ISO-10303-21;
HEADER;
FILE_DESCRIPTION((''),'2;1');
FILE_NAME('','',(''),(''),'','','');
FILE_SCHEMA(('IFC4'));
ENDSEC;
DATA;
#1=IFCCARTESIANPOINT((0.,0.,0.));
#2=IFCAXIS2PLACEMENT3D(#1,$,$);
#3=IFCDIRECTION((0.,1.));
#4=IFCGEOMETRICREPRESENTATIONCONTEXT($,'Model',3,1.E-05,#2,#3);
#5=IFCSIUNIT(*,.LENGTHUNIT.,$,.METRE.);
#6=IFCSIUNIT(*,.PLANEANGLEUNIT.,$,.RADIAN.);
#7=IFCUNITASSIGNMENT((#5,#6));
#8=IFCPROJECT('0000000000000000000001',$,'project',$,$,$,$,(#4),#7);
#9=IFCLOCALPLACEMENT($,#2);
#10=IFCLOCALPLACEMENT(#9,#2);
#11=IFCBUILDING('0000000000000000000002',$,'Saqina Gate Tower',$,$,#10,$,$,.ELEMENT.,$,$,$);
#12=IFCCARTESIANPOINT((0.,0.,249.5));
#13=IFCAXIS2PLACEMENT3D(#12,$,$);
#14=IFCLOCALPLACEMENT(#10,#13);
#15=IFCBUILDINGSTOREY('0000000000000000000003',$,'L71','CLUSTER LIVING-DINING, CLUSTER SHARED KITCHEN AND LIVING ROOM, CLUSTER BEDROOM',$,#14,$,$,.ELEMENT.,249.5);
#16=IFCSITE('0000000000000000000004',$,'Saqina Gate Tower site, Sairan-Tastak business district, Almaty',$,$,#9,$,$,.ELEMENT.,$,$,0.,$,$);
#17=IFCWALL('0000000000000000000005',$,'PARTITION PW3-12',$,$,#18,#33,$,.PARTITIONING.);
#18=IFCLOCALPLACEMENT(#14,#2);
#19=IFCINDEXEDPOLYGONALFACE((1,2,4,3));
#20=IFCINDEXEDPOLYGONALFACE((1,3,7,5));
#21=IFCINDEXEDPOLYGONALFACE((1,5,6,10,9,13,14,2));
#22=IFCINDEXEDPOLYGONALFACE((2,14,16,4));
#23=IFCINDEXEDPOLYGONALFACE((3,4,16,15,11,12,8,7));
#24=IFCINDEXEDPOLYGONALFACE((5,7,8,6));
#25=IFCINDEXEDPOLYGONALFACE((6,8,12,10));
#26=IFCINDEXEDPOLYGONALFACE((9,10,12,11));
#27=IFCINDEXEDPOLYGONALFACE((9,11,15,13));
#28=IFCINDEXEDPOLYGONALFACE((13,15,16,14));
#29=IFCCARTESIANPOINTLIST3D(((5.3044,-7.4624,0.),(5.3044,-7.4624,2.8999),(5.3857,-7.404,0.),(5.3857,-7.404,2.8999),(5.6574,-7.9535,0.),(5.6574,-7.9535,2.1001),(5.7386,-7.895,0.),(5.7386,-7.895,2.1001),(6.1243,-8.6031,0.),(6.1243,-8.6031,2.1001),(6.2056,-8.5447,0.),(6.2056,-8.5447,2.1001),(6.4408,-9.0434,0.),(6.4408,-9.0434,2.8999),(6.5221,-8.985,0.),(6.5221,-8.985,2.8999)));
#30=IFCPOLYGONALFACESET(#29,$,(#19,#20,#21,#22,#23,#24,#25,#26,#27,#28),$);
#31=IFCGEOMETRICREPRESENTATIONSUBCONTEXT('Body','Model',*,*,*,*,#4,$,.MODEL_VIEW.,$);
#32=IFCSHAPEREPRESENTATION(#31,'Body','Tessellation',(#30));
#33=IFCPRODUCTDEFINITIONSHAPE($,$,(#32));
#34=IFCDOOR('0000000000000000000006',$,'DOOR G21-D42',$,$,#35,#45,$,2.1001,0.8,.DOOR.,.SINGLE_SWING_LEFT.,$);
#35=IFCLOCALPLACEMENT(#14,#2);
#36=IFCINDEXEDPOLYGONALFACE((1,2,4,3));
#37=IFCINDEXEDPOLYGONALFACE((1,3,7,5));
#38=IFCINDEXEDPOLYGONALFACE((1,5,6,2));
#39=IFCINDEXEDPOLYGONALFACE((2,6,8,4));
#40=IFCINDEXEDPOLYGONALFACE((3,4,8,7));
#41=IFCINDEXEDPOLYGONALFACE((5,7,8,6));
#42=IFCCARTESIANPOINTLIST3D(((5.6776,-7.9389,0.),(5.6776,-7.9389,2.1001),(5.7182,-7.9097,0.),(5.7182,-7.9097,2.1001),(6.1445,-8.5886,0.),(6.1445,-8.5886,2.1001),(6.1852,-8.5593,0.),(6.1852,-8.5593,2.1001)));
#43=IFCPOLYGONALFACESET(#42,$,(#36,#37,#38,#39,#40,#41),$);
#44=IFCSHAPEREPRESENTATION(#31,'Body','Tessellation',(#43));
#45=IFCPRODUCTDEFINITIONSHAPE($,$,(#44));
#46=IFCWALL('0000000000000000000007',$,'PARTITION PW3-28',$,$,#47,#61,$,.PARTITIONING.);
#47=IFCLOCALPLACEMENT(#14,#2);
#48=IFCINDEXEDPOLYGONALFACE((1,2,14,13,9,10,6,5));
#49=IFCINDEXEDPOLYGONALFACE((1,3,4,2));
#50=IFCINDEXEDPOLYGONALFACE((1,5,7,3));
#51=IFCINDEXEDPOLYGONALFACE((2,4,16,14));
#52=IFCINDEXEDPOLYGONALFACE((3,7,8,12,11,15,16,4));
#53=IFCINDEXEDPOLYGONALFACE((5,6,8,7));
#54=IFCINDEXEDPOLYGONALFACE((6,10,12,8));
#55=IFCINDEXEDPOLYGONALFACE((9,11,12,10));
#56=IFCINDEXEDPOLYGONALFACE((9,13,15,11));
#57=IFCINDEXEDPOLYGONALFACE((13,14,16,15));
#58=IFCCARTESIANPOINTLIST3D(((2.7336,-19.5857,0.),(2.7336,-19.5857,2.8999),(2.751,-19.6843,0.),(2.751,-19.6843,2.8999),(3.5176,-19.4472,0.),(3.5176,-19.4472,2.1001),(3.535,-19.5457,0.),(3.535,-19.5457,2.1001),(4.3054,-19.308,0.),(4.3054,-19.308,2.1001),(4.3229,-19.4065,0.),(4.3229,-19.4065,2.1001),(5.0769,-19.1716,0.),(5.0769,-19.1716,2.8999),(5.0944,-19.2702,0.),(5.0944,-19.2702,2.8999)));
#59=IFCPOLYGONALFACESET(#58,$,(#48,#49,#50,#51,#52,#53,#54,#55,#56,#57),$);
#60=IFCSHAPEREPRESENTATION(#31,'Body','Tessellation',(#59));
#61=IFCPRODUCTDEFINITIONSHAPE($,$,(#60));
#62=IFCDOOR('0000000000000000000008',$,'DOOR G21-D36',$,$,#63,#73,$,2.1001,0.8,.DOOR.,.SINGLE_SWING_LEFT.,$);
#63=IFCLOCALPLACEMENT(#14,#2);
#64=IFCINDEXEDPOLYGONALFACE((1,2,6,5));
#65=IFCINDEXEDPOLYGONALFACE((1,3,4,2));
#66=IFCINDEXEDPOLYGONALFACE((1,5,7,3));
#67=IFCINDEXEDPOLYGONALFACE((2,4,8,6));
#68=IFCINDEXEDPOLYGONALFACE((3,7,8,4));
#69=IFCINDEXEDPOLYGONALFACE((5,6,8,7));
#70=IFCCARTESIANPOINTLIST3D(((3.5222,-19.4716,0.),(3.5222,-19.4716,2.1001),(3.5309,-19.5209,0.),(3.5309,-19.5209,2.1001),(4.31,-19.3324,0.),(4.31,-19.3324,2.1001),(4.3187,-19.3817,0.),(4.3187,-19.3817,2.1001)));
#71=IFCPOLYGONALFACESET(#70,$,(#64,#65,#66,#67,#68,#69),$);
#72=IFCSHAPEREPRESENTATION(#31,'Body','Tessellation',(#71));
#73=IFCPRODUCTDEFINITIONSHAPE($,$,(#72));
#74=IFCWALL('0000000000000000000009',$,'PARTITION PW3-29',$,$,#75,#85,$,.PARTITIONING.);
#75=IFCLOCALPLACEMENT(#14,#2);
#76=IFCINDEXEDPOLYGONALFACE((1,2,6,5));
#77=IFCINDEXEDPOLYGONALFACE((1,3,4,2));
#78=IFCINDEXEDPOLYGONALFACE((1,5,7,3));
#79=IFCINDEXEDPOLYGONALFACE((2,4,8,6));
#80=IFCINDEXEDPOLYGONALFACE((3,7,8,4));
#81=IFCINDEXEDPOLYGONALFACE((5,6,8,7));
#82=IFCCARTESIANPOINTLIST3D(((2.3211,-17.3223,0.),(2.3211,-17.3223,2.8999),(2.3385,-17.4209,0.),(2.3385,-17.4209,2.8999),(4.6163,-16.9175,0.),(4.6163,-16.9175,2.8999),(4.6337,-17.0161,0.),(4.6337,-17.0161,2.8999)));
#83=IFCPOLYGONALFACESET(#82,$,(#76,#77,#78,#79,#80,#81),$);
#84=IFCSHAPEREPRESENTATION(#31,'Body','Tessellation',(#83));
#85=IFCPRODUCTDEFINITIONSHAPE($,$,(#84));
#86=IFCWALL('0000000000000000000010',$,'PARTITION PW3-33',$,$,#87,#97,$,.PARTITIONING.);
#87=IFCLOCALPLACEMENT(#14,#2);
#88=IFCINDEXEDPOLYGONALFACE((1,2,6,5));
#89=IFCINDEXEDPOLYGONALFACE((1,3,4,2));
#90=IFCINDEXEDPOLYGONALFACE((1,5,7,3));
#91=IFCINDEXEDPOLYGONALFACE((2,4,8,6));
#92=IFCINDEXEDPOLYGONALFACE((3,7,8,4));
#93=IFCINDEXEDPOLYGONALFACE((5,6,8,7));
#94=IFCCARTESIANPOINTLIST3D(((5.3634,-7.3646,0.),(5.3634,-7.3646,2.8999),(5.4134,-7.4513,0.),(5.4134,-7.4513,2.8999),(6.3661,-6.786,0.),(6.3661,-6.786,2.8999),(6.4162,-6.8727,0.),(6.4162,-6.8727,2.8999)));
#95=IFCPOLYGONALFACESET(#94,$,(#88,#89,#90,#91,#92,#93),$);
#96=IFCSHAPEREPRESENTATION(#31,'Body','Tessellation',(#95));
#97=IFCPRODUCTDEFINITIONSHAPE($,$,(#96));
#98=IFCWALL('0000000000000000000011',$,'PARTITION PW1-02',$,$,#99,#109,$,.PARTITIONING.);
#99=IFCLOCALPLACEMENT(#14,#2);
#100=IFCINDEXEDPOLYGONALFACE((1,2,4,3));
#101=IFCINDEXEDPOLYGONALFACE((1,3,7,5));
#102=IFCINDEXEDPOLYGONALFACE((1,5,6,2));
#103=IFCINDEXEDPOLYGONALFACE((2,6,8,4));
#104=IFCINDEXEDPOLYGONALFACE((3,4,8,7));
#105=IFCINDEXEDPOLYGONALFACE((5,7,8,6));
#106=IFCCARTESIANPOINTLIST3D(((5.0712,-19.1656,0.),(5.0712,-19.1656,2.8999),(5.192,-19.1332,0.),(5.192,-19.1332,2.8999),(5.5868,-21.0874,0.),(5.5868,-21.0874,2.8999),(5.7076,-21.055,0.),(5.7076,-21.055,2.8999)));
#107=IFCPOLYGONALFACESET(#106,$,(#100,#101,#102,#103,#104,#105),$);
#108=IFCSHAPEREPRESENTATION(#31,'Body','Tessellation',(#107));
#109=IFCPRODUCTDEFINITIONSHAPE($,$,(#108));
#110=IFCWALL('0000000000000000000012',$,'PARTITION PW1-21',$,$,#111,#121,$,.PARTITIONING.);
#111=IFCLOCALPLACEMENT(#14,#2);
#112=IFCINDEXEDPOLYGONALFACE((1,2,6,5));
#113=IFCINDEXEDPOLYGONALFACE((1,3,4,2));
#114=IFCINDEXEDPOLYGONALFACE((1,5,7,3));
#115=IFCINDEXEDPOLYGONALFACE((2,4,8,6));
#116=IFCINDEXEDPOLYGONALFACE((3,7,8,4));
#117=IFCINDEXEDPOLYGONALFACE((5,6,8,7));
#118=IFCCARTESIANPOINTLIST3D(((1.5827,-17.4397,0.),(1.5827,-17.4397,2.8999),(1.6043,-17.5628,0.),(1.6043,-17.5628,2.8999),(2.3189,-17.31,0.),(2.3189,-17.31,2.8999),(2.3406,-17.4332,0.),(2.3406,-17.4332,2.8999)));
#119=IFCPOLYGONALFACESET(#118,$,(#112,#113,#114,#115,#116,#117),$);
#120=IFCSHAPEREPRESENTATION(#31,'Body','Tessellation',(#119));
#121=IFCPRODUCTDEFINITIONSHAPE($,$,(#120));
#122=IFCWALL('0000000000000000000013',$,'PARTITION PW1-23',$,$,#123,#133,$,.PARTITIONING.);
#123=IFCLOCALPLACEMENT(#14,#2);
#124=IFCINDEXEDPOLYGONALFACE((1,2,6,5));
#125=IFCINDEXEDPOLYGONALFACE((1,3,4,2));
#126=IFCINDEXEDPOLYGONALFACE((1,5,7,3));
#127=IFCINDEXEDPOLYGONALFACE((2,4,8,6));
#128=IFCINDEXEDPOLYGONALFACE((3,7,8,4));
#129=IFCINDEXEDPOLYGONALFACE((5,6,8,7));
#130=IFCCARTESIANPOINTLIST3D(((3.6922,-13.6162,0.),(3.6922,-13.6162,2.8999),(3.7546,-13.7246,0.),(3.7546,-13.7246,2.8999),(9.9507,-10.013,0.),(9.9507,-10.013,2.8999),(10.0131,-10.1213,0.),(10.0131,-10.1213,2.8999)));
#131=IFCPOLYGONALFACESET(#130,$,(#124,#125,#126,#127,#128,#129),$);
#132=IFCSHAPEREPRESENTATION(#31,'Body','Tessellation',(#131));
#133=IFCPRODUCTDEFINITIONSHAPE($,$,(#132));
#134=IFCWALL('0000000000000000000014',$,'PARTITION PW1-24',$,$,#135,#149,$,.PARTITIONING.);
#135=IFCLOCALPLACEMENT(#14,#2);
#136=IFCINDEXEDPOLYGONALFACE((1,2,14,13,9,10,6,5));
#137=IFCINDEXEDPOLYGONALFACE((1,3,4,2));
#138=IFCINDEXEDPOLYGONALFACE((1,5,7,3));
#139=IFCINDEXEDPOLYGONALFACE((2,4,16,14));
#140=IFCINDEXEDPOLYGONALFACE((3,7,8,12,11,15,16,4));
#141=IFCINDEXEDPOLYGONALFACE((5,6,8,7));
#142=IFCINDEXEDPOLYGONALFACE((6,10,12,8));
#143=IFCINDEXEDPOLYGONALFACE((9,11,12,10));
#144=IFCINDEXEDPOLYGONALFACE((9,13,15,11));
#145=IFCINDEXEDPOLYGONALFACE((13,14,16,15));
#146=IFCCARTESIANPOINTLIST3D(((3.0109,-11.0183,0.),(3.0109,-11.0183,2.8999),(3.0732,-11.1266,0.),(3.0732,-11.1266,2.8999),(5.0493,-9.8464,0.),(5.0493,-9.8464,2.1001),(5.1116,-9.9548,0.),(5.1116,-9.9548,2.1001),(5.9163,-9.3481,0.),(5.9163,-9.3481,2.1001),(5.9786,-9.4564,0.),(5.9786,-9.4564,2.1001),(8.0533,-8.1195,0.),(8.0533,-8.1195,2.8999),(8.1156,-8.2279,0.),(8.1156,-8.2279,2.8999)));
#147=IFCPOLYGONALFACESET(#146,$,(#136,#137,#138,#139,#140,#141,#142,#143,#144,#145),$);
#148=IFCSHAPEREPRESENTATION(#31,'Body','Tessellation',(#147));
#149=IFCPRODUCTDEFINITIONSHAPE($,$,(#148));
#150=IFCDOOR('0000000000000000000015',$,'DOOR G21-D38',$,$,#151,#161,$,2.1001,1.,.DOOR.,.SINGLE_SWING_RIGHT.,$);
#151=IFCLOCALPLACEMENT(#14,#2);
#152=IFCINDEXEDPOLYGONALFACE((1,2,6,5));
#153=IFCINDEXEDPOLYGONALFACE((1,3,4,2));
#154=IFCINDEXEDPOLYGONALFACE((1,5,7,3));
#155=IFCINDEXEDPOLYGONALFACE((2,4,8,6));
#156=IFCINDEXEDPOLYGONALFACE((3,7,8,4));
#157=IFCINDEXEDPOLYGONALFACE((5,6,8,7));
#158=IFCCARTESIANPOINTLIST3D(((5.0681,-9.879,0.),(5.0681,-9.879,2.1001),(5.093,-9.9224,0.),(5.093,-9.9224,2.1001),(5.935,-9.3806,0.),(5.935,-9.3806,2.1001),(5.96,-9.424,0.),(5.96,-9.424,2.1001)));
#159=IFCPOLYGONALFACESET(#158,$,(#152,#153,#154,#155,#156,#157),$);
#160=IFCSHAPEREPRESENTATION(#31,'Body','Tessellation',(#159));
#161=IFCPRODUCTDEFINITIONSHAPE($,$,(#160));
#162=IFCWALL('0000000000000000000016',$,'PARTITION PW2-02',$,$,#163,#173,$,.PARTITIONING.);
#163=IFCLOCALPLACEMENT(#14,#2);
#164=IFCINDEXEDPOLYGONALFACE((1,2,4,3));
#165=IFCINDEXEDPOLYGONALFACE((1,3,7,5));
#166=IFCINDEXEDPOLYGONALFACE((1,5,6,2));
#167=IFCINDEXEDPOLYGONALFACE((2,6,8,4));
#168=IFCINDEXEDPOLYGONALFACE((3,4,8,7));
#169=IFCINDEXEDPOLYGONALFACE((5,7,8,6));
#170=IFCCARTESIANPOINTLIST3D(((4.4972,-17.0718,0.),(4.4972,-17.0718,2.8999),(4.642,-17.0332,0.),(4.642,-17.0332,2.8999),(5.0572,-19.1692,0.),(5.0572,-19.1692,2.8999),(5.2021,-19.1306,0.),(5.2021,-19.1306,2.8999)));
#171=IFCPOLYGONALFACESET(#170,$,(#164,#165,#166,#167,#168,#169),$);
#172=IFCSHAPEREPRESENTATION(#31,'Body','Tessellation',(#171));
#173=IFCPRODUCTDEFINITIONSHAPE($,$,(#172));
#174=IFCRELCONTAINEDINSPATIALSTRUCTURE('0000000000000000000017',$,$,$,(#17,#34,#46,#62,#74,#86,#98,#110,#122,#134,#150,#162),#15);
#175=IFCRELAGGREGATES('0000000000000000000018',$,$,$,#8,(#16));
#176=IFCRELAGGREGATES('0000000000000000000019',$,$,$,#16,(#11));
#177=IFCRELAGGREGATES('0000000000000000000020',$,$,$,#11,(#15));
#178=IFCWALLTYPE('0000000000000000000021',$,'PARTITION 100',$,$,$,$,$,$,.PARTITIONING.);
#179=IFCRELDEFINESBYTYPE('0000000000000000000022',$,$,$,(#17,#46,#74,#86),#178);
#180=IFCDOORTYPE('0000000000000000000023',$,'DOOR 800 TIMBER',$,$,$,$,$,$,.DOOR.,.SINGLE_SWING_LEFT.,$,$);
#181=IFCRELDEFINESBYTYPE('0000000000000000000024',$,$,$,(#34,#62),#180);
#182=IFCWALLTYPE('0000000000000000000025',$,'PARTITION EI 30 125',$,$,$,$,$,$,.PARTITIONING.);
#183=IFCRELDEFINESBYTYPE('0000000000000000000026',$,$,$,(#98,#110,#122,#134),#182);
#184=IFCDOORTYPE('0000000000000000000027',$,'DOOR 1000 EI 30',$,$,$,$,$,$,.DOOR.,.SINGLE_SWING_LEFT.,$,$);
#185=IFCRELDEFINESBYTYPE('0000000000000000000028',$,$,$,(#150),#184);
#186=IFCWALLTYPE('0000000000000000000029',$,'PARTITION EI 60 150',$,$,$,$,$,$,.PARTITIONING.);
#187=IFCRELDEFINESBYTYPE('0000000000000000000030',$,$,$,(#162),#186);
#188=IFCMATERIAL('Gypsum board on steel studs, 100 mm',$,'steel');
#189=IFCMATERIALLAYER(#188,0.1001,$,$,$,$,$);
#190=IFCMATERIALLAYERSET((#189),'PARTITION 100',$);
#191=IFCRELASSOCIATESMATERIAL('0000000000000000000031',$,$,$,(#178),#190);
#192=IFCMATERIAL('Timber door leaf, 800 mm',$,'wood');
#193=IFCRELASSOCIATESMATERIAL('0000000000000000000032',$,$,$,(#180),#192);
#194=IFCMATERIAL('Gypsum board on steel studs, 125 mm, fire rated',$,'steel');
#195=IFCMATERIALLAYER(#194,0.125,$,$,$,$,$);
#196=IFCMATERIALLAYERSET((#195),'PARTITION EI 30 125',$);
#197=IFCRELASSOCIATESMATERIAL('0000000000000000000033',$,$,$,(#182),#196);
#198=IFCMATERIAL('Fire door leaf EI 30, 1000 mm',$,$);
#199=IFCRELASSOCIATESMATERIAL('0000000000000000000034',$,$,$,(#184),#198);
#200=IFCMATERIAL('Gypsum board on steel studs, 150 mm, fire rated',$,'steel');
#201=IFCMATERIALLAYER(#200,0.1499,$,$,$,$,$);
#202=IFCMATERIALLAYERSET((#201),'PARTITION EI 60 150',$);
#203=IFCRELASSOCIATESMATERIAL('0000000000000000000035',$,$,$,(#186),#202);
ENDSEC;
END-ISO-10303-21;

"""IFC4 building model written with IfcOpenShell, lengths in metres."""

from ifc_helpers import new_model, si_unit, direction, frame, frame_2d, origin, place, context, subcontext, project, spatial, rectangle, extrude, material, layer, layer_set, type_object, element, fill, save


model = new_model("IFC4")

# Units and contexts
model_context = context("Model", 3, precision=1e-05, world=origin(), true_north=direction((0.0, 1.0)))
body_context = subcontext(model_context, "Body", "Model", "MODEL_VIEW")
ifc_project = project(units=[si_unit("LENGTHUNIT", "METRE"), si_unit("PLANEANGLEUNIT", "RADIAN")], contexts=[model_context])

# Site, building, storey
site_placement = place(None, origin())
site = spatial("IfcSite", under=ifc_project, at=site_placement, Name="Saqina Gate Tower site, Sairan-Tastak business district, Almaty", CompositionType="ELEMENT", RefElevation=0.0)
building_placement = place(site_placement, origin())
building = spatial("IfcBuilding", under=site, at=building_placement, Name="Saqina Gate Tower", CompositionType="ELEMENT")
storey_placement = place(building_placement, frame((0.0, 0.0, 249.5)))
storey = spatial("IfcBuildingStorey", under=building, at=storey_placement, Name="L71", Description="CLUSTER LIVING-DINING, CLUSTER SHARED KITCHEN AND LIVING ROOM, CLUSTER BEDROOM", CompositionType="ELEMENT", Elevation=249.5)

# Shared definitions
ifc_material_1 = material(Name="Gypsum board on steel studs, 100 mm", Category="steel")
ifc_layer_1 = layer(ifc_material_1, 0.1001)
ifc_layer_set_1 = layer_set([ifc_layer_1], Name="PARTITION 100")
wall_type_1 = type_object("IfcWallType", Name="PARTITION 100", PredefinedType="PARTITIONING", material=ifc_layer_set_1)

# Walls, openings, doors
wall_1_placement = place(storey_placement, frame((5.345, -7.4331, 0.0), z_axis=(0.0, 0.0, 1.0), x_axis=(0.583667, -0.811993, 0.0)))
wall_1 = element("IfcWall", 1, at=wall_1_placement, inside=storey, type_object=wall_type_1, Name="PARTITION PW3-12", PredefinedType="PARTITIONING", context=body_context, shape_type="SweptSolid", body=[
    extrude(rectangle(XDim=1.947, YDim=0.1001, at=frame_2d((0.9736, 0.0))), origin(), (0.0, 0.0, 1.0), 2.8999),
])
opening_1_placement = place(wall_1_placement, frame((0.605, 0.0, 0.0)))
opening_1 = element("IfcOpeningElement", 2, at=opening_1_placement, cuts=wall_1, PredefinedType="OPENING", context=body_context, shape_type="SweptSolid", body=[
    extrude(rectangle(XDim=0.8, YDim=2.1001, at=frame_2d((0.3999, 1.05))), frame((0.0, 0.062, 0.0), z_axis=(0.0, -1.0, 0.0), x_axis=(1.0, 0.0, 0.0)), (0.0, 0.0, 1.0), 0.124),
])
ifc_material_2 = material(Name="Timber door leaf, 800 mm", Category="wood")
door_type_1 = type_object("IfcDoorType", Name="DOOR 800 TIMBER", OperationType="SINGLE_SWING_LEFT", PredefinedType="DOOR", material=ifc_material_2)
door_1_placement = place(opening_1_placement, origin())
door_1 = element("IfcDoor", 3, at=door_1_placement, inside=storey, type_object=door_type_1, Name="DOOR G21-D42", OperationType="SINGLE_SWING_LEFT", OverallHeight=2.1001, OverallWidth=0.8, PredefinedType="DOOR", context=body_context, shape_type="SweptSolid", body=[
    extrude(rectangle(XDim=0.8, YDim=2.1001, at=frame_2d((0.3999, 1.05))), frame((0.0, 0.0249, 0.0), z_axis=(0.0, -1.0, 0.0), x_axis=(1.0, 0.0, 0.0)), (0.0, 0.0, 1.0), 0.05),
])
fill(opening_1, door_1)
wall_2_placement = place(storey_placement, frame((2.7422, -19.635, 0.0), z_axis=(0.0, 0.0, 1.0), x_axis=(0.984744, 0.174008, 0.0)))
wall_2 = element("IfcWall", 4, at=wall_2_placement, inside=storey, type_object=wall_type_1, Name="PARTITION PW3-28", PredefinedType="PARTITIONING", context=body_context, shape_type="SweptSolid", body=[
    extrude(rectangle(XDim=2.3796, YDim=0.1001, at=frame_2d((1.1899, 0.0))), origin(), (0.0, 0.0, 1.0), 2.8999),
])
opening_2_placement = place(wall_2_placement, frame((0.7964, 0.0, 0.0)))
opening_2 = element("IfcOpeningElement", 5, at=opening_2_placement, cuts=wall_2, PredefinedType="OPENING", context=body_context, shape_type="SweptSolid", body=[
    extrude(rectangle(XDim=0.8, YDim=2.1001, at=frame_2d((0.3999, 1.05))), frame((0.0, 0.062, 0.0), z_axis=(0.0, -1.0, 0.0), x_axis=(1.0, 0.0, 0.0)), (0.0, 0.0, 1.0), 0.124),
])
door_2_placement = place(opening_2_placement, frame((0.8, 0.0, 0.0), z_axis=(0.0, 0.0, 1.0), x_axis=(-1.0, 0.0, 0.0)))
door_2 = element("IfcDoor", 6, at=door_2_placement, inside=storey, type_object=door_type_1, Name="DOOR G21-D36", OperationType="SINGLE_SWING_LEFT", OverallHeight=2.1001, OverallWidth=0.8, PredefinedType="DOOR", context=body_context, shape_type="SweptSolid", body=[
    extrude(rectangle(XDim=0.8, YDim=2.1001, at=frame_2d((0.3999, 1.05))), frame((0.0, 0.0249, 0.0), z_axis=(0.0, -1.0, 0.0), x_axis=(1.0, 0.0, 0.0)), (0.0, 0.0, 1.0), 0.05),
])
fill(opening_2, door_2)

# Walls
wall_3_placement = place(storey_placement, frame((2.3298, -17.3716, 0.0), z_axis=(0.0, 0.0, 1.0), x_axis=(0.984801, 0.173684, 0.0)))
element("IfcWall", 7, at=wall_3_placement, inside=storey, type_object=wall_type_1, Name="PARTITION PW3-29", PredefinedType="PARTITIONING", context=body_context, shape_type="SweptSolid", body=[
    extrude(rectangle(XDim=2.3306, YDim=0.1001, at=frame_2d((1.1653, 0.0))), origin(), (0.0, 0.0, 1.0), 2.8999),
])
wall_4_placement = place(storey_placement, frame((5.3884, -7.408, 0.0), z_axis=(0.0, 0.0, 1.0), x_axis=(0.866133, 0.499814, 0.0)))
element("IfcWall", 8, at=wall_4_placement, inside=storey, type_object=wall_type_1, Name="PARTITION PW3-33", PredefinedType="PARTITIONING", context=body_context, shape_type="SweptSolid", body=[
    extrude(rectangle(XDim=1.1577, YDim=0.1001, at=frame_2d((0.5789, 0.0))), origin(), (0.0, 0.0, 1.0), 2.8999),
])
ifc_material_3 = material(Name="Gypsum board on steel studs, 125 mm, fire rated", Category="steel")
ifc_layer_2 = layer(ifc_material_3, 0.125)
ifc_layer_set_2 = layer_set([ifc_layer_2], Name="PARTITION EI 30 125")
wall_type_2 = type_object("IfcWallType", Name="PARTITION EI 30 125", PredefinedType="PARTITIONING", material=ifc_layer_set_2)
wall_5_placement = place(storey_placement, frame((5.1316, -19.1494, 0.0), z_axis=(0.0, 0.0, 1.0), x_axis=(0.259129, -0.965843, 0.0)))
element("IfcWall", 9, at=wall_5_placement, inside=storey, type_object=wall_type_2, Name="PARTITION PW1-02", PredefinedType="PARTITIONING", context=body_context, shape_type="SweptSolid", body=[
    extrude(rectangle(XDim=1.9897, YDim=0.125, at=frame_2d((0.9949, 0.0))), origin(), (0.0, 0.0, 1.0), 2.8999),
])
wall_6_placement = place(storey_placement, frame((1.5935, -17.5012, 0.0), z_axis=(0.0, 0.0, 1.0), x_axis=(0.984853, 0.173394, 0.0)))
element("IfcWall", 10, at=wall_6_placement, inside=storey, type_object=wall_type_2, Name="PARTITION PW1-21", PredefinedType="PARTITIONING", context=body_context, shape_type="SweptSolid", body=[
    extrude(rectangle(XDim=0.7476, YDim=0.125, at=frame_2d((0.3738, 0.0))), origin(), (0.0, 0.0, 1.0), 2.8999),
])
wall_7_placement = place(storey_placement, frame((3.7234, -13.6704, 0.0), z_axis=(0.0, 0.0, 1.0), x_axis=(0.86663, 0.498951, 0.0)))
element("IfcWall", 11, at=wall_7_placement, inside=storey, type_object=wall_type_2, Name="PARTITION PW1-23", PredefinedType="PARTITIONING", context=body_context, shape_type="SweptSolid", body=[
    extrude(rectangle(XDim=7.2217, YDim=0.125, at=frame_2d((3.6108, 0.0))), origin(), (0.0, 0.0, 1.0), 2.8999),
])

# Wall, opening, door
wall_8_placement = place(storey_placement, frame((3.042, -11.0725, 0.0), z_axis=(0.0, 0.0, 1.0), x_axis=(0.866951, 0.498393, 0.0)))
wall_8 = element("IfcWall", 12, at=wall_8_placement, inside=storey, type_object=wall_type_2, Name="PARTITION PW1-24", PredefinedType="PARTITIONING", context=body_context, shape_type="SweptSolid", body=[
    extrude(rectangle(XDim=5.8162, YDim=0.125, at=frame_2d((2.9082, 0.0))), origin(), (0.0, 0.0, 1.0), 2.8999),
])
opening_3_placement = place(wall_8_placement, frame((2.3513, 0.0, 0.0)))
opening_3 = element("IfcOpeningElement", 13, at=opening_3_placement, cuts=wall_8, PredefinedType="OPENING", context=body_context, shape_type="SweptSolid", body=[
    extrude(rectangle(XDim=1.0, YDim=2.1001, at=frame_2d((0.5, 1.05))), frame((0.0, 0.0745, 0.0), z_axis=(0.0, -1.0, 0.0), x_axis=(1.0, 0.0, 0.0)), (0.0, 0.0, 1.0), 0.1489),
])
ifc_material_4 = material(Name="Fire door leaf EI 30, 1000 mm")
door_type_2 = type_object("IfcDoorType", Name="DOOR 1000 EI 30", OperationType="SINGLE_SWING_LEFT", PredefinedType="DOOR", material=ifc_material_4)
door_3_placement = place(opening_3_placement, origin())
door_3 = element("IfcDoor", 14, at=door_3_placement, inside=storey, type_object=door_type_2, Name="DOOR G21-D38", OperationType="SINGLE_SWING_RIGHT", OverallHeight=2.1001, OverallWidth=1.0, PredefinedType="DOOR", context=body_context, shape_type="SweptSolid", body=[
    extrude(rectangle(XDim=1.0, YDim=2.1001, at=frame_2d((0.5, 1.05))), frame((0.0, 0.0249, 0.0), z_axis=(0.0, -1.0, 0.0), x_axis=(1.0, 0.0, 0.0)), (0.0, 0.0, 1.0), 0.05),
])
fill(opening_3, door_3)

# Wall
ifc_material_5 = material(Name="Gypsum board on steel studs, 150 mm, fire rated", Category="steel")
ifc_layer_3 = layer(ifc_material_5, 0.1499)
ifc_layer_set_3 = layer_set([ifc_layer_3], Name="PARTITION EI 60 150")
wall_type_3 = type_object("IfcWallType", Name="PARTITION EI 60 150", PredefinedType="PARTITIONING", material=ifc_layer_set_3)
wall_9_placement = place(storey_placement, frame((4.5696, -17.0525, 0.0), z_axis=(0.0, 0.0, 1.0), x_axis=(0.257985, -0.966149, 0.0)))
element("IfcWall", 15, at=wall_9_placement, inside=storey, type_object=wall_type_3, Name="PARTITION PW2-02", PredefinedType="PARTITIONING", context=body_context, shape_type="SweptSolid", body=[
    extrude(rectangle(XDim=2.1709, YDim=0.1499, at=frame_2d((1.0854, 0.0))), origin(), (0.0, 0.0, 1.0), 2.8999),
])

save(model, "model.ifc")
